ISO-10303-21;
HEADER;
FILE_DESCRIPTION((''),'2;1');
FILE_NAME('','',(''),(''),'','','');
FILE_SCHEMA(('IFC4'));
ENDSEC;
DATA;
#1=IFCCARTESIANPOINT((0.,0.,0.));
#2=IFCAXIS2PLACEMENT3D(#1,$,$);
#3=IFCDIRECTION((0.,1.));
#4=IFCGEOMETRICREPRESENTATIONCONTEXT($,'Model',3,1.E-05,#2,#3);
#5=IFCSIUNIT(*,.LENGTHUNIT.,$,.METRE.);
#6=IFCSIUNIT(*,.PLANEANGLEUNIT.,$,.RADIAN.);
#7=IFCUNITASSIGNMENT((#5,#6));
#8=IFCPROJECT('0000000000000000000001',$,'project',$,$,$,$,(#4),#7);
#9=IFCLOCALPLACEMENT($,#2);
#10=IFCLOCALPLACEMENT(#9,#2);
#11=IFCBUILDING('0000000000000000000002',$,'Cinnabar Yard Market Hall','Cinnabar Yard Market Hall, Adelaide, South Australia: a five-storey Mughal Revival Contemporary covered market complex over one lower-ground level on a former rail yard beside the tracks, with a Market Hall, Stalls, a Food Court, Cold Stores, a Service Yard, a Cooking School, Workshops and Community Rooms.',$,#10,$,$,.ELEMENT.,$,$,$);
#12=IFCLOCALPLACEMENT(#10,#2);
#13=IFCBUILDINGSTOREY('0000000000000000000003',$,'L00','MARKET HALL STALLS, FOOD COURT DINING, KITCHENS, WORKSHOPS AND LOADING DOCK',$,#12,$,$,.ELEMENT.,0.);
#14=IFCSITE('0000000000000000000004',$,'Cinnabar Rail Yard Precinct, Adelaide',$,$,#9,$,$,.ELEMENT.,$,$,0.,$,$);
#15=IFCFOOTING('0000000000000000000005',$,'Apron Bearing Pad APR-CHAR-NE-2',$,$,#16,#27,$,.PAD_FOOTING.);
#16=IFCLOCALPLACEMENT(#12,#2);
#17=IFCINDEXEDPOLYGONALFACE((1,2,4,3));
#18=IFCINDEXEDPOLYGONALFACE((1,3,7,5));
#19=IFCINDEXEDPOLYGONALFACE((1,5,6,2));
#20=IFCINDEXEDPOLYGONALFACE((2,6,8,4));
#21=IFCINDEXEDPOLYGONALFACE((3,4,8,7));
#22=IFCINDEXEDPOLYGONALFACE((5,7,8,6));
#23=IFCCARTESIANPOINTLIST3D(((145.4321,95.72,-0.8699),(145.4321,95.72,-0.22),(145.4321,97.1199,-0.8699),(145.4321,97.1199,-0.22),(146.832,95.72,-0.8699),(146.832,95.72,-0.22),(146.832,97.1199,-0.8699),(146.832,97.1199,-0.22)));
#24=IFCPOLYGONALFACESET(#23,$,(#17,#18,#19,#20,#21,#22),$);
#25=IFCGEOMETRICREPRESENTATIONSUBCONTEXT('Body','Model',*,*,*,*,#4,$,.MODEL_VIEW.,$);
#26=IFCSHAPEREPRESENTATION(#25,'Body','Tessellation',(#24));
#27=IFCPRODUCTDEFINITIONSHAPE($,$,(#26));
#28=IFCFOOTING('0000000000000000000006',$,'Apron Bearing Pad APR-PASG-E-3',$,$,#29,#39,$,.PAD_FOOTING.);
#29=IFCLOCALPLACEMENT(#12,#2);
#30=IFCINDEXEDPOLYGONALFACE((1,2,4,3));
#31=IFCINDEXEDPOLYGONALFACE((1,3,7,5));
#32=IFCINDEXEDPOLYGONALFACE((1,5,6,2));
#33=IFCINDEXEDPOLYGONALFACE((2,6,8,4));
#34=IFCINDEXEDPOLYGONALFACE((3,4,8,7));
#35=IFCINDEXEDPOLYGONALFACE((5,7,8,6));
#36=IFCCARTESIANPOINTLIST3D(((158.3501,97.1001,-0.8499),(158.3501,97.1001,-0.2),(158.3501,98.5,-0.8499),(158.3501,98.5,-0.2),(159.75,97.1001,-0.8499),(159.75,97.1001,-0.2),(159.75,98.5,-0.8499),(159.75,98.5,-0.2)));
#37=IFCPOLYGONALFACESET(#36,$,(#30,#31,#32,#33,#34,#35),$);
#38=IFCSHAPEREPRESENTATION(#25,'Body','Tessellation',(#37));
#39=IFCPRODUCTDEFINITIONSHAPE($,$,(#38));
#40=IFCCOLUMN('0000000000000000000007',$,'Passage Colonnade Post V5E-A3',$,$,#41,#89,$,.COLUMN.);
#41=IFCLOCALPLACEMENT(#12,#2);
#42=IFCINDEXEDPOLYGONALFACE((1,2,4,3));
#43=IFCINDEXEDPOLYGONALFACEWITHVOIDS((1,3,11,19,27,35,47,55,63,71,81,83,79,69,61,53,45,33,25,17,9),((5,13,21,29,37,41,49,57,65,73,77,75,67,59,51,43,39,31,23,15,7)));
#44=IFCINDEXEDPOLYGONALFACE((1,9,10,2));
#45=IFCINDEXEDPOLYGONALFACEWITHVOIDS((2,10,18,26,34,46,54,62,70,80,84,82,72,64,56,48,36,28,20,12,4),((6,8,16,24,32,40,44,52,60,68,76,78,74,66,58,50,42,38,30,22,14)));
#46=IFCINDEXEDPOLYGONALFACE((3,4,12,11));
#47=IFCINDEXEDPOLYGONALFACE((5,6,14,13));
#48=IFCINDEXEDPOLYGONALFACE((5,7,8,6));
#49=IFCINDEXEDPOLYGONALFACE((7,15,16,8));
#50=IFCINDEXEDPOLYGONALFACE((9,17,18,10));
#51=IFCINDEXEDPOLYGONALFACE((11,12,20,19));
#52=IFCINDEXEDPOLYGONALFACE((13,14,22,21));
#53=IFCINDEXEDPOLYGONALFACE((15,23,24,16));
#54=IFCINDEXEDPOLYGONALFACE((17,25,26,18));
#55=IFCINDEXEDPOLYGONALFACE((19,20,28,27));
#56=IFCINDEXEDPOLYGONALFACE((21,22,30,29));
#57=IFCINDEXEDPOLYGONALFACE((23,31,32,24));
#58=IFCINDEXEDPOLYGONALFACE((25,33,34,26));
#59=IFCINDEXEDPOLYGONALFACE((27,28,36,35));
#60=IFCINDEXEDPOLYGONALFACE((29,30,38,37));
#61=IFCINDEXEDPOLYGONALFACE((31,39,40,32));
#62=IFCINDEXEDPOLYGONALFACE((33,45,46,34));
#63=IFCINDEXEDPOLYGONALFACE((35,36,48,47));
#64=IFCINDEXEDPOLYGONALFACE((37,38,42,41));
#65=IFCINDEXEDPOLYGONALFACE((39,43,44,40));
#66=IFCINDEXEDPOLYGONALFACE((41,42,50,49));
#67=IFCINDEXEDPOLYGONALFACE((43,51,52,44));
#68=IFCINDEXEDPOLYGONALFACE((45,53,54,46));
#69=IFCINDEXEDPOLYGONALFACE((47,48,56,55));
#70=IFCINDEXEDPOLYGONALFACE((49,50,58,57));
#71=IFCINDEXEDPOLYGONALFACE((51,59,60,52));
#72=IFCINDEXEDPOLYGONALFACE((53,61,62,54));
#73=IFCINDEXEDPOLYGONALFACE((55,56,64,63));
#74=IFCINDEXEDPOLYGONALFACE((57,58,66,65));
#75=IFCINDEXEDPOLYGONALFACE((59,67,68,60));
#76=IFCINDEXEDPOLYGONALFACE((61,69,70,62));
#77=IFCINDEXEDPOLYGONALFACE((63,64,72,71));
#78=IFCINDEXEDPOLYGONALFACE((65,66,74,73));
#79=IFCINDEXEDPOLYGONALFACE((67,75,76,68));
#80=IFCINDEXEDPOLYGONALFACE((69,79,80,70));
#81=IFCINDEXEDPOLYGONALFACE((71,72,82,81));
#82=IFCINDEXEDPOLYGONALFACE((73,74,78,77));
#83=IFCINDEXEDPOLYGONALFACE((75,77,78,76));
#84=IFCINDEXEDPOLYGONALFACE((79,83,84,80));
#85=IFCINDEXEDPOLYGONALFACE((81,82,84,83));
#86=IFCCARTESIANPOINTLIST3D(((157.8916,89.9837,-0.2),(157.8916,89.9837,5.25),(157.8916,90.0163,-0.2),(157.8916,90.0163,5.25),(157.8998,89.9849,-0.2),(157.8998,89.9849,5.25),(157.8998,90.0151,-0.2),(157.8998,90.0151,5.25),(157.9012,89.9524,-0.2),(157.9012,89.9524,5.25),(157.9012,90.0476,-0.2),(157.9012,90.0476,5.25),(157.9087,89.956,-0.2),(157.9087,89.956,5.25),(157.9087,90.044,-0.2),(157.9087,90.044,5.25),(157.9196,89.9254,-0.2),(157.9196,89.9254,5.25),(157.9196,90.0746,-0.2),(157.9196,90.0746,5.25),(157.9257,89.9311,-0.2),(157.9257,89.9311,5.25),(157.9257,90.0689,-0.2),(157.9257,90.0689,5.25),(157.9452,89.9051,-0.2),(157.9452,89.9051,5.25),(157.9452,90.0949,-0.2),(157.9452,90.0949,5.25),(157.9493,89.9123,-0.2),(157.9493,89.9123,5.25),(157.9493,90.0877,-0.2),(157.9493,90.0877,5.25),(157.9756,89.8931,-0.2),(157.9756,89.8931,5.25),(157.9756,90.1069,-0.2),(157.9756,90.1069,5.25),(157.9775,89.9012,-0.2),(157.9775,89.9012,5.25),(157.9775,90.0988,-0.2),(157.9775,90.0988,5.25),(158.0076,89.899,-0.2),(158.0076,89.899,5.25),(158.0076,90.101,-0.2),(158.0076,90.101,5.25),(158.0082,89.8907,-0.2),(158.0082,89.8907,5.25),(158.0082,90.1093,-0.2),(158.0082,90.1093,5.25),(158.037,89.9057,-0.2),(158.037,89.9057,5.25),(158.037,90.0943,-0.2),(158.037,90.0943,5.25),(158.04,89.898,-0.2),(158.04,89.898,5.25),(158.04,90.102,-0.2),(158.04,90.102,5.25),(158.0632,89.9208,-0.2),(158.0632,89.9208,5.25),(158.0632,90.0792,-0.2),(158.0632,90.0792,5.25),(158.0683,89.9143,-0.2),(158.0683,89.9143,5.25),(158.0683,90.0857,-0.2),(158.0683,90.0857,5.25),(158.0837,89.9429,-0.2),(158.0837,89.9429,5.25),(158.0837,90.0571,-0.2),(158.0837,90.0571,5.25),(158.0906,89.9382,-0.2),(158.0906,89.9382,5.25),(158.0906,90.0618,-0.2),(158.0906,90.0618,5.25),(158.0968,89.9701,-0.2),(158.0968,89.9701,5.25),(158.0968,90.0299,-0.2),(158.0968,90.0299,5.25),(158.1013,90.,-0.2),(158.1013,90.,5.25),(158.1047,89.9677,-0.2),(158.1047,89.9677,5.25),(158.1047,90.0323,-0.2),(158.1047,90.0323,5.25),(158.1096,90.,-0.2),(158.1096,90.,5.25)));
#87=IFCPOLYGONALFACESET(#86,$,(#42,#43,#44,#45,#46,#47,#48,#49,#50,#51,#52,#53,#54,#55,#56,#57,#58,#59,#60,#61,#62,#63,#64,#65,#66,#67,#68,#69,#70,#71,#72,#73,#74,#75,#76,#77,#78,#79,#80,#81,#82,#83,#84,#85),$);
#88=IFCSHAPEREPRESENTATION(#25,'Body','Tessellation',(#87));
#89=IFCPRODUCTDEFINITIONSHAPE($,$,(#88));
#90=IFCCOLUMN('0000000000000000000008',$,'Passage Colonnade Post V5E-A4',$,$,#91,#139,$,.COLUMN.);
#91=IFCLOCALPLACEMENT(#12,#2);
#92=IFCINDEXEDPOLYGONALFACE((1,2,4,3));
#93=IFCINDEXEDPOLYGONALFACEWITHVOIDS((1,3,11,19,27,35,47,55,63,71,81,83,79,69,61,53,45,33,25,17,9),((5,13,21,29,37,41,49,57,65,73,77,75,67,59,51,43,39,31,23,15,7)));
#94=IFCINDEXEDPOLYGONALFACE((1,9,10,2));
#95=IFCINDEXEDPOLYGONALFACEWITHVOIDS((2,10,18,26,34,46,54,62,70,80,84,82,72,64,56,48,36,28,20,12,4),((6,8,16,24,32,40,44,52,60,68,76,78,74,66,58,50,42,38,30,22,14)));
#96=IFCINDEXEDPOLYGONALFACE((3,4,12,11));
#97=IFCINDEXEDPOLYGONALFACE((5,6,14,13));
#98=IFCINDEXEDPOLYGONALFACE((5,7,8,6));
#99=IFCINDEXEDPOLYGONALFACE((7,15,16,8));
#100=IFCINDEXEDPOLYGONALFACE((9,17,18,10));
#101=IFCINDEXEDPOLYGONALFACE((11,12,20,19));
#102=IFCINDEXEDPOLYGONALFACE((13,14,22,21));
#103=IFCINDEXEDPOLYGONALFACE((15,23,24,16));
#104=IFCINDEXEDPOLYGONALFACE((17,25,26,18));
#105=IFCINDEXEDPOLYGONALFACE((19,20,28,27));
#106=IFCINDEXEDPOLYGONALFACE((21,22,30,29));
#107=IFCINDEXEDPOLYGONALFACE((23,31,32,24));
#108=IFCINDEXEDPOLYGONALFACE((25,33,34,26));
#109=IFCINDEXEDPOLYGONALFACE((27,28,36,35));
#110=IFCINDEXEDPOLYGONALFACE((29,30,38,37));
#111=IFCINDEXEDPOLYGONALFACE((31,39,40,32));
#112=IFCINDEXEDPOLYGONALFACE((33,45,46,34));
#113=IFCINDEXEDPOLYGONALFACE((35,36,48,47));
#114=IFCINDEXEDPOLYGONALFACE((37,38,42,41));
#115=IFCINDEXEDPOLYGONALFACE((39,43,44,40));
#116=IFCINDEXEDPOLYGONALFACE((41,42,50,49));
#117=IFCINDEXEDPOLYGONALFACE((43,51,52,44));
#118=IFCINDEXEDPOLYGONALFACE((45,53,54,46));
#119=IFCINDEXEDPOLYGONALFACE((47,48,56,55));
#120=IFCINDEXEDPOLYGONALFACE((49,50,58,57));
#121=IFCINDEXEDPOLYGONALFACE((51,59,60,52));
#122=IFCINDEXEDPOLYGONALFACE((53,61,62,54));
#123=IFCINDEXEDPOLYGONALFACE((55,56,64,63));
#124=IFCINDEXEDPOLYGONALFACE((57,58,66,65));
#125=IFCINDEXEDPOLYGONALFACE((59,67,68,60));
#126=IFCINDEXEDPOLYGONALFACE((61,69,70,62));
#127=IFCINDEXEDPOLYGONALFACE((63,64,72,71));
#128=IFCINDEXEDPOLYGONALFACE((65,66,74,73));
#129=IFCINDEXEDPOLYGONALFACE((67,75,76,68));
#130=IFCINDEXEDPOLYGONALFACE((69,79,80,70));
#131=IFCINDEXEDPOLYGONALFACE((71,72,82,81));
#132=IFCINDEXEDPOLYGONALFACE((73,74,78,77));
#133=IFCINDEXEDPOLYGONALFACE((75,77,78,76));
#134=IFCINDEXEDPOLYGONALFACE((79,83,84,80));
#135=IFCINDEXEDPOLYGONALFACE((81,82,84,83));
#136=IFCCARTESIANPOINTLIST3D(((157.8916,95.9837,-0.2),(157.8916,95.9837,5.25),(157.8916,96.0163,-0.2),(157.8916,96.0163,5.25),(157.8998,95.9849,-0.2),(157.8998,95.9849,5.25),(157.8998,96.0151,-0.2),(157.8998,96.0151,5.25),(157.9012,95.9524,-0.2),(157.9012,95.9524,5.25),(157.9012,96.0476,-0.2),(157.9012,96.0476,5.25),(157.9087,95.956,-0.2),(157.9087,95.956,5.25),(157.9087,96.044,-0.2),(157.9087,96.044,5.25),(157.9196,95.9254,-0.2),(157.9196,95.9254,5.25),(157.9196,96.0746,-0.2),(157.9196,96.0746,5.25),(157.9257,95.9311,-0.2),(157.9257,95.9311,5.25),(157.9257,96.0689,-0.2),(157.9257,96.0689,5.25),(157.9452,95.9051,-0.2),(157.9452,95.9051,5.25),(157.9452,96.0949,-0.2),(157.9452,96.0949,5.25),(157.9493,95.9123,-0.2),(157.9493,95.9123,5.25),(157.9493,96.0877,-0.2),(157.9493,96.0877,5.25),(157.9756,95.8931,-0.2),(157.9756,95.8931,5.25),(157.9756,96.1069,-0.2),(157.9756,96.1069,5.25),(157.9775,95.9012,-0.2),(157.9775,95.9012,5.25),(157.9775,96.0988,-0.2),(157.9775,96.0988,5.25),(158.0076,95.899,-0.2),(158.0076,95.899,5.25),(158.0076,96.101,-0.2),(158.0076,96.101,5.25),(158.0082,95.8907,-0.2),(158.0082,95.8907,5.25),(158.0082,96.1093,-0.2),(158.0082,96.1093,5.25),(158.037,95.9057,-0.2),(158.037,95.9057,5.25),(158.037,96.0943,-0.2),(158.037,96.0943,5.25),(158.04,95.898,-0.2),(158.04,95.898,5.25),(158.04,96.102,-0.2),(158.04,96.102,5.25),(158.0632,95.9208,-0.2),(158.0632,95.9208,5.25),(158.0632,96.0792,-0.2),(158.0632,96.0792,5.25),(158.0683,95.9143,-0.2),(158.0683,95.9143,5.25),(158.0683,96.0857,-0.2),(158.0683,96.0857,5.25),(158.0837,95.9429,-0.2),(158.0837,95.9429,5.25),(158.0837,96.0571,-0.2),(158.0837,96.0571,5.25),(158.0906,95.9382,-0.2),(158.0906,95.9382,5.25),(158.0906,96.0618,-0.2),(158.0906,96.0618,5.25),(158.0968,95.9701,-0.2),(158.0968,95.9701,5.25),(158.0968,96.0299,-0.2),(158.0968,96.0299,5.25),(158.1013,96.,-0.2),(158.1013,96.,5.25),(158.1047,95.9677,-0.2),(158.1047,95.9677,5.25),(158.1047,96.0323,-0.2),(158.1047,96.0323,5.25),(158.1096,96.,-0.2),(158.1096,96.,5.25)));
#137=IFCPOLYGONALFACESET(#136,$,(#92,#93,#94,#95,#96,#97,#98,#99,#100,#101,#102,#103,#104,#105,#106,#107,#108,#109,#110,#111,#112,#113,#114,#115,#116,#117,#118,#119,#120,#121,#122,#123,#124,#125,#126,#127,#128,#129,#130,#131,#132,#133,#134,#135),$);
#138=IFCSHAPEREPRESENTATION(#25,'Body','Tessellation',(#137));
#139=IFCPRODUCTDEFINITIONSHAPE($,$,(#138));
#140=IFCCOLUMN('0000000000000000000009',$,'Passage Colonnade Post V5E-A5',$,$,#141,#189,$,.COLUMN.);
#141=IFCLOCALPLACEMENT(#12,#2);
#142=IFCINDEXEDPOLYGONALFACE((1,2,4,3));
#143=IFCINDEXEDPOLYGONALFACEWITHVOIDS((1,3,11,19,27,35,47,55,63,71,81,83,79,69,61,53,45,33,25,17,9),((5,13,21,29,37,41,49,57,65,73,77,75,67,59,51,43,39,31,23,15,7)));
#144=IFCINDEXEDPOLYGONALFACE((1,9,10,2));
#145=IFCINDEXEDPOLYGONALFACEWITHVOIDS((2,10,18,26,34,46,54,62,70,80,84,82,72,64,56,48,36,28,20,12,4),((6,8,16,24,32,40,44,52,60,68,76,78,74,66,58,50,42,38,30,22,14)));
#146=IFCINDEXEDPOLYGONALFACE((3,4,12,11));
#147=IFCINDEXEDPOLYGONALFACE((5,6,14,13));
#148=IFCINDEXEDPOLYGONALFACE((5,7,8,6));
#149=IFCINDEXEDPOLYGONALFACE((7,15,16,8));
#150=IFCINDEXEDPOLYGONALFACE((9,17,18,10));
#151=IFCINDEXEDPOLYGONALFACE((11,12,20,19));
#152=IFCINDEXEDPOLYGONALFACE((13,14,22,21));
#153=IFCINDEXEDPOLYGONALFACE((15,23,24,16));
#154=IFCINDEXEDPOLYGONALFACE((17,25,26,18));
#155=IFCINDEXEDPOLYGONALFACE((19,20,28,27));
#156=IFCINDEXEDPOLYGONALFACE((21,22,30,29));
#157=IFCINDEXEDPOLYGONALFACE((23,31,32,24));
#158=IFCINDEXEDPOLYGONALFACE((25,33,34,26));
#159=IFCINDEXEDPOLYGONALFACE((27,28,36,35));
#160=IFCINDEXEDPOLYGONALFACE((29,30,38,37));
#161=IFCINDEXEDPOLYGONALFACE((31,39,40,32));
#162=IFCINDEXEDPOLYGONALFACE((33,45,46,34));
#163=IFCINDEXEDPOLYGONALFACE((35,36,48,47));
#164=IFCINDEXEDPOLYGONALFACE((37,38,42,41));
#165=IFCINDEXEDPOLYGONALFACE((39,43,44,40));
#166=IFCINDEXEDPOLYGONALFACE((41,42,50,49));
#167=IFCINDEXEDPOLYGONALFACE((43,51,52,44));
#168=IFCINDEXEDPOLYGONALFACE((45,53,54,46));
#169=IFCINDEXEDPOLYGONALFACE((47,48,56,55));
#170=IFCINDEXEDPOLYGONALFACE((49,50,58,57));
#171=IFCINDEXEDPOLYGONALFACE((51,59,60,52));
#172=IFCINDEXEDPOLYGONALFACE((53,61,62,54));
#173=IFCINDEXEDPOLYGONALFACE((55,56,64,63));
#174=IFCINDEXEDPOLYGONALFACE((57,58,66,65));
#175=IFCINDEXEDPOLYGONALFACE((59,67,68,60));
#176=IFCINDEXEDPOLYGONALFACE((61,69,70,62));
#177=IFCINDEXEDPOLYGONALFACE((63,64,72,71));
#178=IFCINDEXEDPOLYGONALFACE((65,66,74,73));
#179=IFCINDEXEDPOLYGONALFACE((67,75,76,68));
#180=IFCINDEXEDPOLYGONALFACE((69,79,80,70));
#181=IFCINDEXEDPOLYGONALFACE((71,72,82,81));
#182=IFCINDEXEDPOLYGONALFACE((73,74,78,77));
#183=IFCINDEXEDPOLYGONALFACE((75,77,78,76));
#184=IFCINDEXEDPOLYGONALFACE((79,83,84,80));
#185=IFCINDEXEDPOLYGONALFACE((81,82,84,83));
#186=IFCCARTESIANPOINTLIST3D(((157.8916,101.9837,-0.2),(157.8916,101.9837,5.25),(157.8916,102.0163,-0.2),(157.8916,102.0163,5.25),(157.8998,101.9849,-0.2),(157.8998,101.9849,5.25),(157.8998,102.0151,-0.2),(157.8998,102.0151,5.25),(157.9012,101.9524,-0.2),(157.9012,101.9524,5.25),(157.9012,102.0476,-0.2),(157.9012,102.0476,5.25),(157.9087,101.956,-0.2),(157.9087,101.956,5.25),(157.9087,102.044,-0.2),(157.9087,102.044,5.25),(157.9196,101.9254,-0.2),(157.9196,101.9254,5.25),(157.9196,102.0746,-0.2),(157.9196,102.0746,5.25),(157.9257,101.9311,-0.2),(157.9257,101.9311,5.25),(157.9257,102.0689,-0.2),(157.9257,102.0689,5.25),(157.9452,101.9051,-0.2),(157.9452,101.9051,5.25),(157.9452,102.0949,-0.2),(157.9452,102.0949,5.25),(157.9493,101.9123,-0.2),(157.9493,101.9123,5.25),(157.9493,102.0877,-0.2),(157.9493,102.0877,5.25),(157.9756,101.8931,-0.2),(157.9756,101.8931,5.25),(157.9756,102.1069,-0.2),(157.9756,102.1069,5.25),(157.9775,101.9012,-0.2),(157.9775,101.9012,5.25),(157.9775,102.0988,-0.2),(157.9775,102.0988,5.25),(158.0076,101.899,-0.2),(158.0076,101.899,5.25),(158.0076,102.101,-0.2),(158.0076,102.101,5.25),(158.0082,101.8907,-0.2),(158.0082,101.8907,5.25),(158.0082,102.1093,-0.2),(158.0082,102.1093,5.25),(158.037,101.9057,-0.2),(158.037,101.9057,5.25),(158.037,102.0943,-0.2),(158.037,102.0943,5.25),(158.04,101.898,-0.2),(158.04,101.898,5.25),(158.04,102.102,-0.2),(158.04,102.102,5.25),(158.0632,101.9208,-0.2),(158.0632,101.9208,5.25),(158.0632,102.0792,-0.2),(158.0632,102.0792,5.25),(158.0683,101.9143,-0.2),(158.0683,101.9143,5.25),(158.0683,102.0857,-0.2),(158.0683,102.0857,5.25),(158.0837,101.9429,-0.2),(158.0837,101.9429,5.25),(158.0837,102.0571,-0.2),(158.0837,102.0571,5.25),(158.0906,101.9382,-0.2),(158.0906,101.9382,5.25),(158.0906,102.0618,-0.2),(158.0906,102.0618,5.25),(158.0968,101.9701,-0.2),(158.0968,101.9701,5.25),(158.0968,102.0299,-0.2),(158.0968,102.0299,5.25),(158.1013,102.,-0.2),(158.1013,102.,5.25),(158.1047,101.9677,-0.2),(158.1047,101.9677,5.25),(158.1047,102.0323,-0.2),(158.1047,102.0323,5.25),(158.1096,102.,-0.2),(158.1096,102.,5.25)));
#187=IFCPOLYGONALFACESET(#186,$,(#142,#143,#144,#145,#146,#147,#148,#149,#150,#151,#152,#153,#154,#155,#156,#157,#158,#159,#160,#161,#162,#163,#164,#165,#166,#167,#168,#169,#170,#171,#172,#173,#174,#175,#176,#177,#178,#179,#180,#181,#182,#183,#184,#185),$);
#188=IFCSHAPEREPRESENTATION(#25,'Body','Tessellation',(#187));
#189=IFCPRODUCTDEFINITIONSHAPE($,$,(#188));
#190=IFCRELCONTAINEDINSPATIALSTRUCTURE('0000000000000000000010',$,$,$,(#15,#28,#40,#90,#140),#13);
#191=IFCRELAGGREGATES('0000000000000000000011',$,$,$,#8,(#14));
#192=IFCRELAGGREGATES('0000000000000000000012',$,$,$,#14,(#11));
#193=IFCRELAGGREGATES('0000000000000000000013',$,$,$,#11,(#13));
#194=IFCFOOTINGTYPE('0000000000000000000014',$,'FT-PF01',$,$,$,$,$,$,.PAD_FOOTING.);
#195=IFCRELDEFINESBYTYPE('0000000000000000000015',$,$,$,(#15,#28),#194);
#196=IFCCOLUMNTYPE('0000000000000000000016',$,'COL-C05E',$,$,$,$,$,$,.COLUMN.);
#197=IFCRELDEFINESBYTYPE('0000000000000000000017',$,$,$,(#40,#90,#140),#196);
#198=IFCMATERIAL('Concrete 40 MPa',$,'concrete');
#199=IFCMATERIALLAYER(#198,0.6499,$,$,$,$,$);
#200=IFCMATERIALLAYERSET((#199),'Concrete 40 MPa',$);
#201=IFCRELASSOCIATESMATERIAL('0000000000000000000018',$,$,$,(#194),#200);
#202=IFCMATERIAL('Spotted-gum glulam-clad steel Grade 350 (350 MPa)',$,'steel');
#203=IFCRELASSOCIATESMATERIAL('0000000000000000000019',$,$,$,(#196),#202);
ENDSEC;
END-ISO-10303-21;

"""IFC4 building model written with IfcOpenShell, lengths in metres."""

from ifc_helpers import new_model, si_unit, direction, frame, origin, origin_2d_with_axis, place, context, subcontext, project, spatial, rectangle, hollow_circle, extrude, material, layer, layer_set, material_profile, profile_set, type_object, element, save


model = new_model("IFC4")

# Units and contexts
model_context = context("Model", 3, precision=1e-05, world=origin(), true_north=direction((0.0, 1.0)))
body_context = subcontext(model_context, "Body", "Model", "MODEL_VIEW")
ifc_project = project(units=[si_unit("LENGTHUNIT", "METRE"), si_unit("PLANEANGLEUNIT", "RADIAN")], contexts=[model_context])

# Site, building, storey
site_placement = place(None, origin())
site = spatial("IfcSite", under=ifc_project, at=site_placement, Name="Cinnabar Rail Yard Precinct, Adelaide", CompositionType="ELEMENT", RefElevation=0.0)
building_placement = place(site_placement, origin())
building = spatial("IfcBuilding", under=site, at=building_placement, Name="Cinnabar Yard Market Hall", Description="Cinnabar Yard Market Hall, Adelaide, South Australia: a five-storey Mughal Revival Contemporary covered market complex over one lower-ground level on a former rail yard beside the tracks, with a Market Hall, Stalls, a Food Court, Cold Stores, a Service Yard, a Cooking School, Workshops and Community Rooms.", CompositionType="ELEMENT")
storey_placement = place(building_placement, origin())
storey = spatial("IfcBuildingStorey", under=building, at=storey_placement, Name="L00", Description="MARKET HALL STALLS, FOOD COURT DINING, KITCHENS, WORKSHOPS AND LOADING DOCK", CompositionType="ELEMENT", Elevation=0.0)

# Footings
ifc_material_1 = material(Name="Concrete 40 MPa", Category="concrete")
ifc_layer_1 = layer(ifc_material_1, 0.6499)
ifc_layer_set_1 = layer_set([ifc_layer_1], Name="Concrete 40 MPa")
footing_type = type_object("IfcFootingType", Name="FT-PF01", PredefinedType="PAD_FOOTING", material=ifc_layer_set_1)
for number, where, z_axis, x_axis, name in (
    (1, (146.1321, 96.4199, -0.8699), (0.0, 0.0, 1.0), (1.0, 0.0, 0.0), "Apron Bearing Pad APR-CHAR-NE-2"),
    (2, (159.05, 97.8, -0.8499), (0.0, 0.0, 1.0), (1.0, 0.0, 0.0), "Apron Bearing Pad APR-PASG-E-3"),
):
    element("IfcFooting", number, at=place(storey_placement, frame(where, z_axis=z_axis, x_axis=x_axis)), inside=storey, type_object=footing_type, Name=name, PredefinedType="PAD_FOOTING", context=body_context, shape_type="SweptSolid", body=[
        extrude(rectangle(XDim=1.3999, YDim=1.3999, at=origin_2d_with_axis()), origin(), (0.0, 0.0, 1.0), 0.6499),
    ])

# Columns
ifc_material_2 = material(Name="Spotted-gum glulam-clad steel Grade 350 (350 MPa)", Category="steel")
ifc_material_profile_1 = material_profile(ifc_material_2, hollow_circle(Radius=0.1096, WallThickness=0.0083, at=origin_2d_with_axis()), Name="219.1x8.2CHS")
ifc_profile_set_1 = profile_set([ifc_material_profile_1], Name="Spotted-gum glulam-clad steel Grade 350 (350 MPa)")
column_type_1 = type_object("IfcColumnType", Name="COL-C05E", PredefinedType="COLUMN", material=ifc_profile_set_1)
for number, where, z_axis, x_axis, name in (
    (3, (158.0, 90.0, -0.2), (0.0, 0.0, 1.0), (1.0, 0.0, 0.0), "Passage Colonnade Post V5E-A3"),
    (4, (158.0, 96.0, -0.2), (0.0, 0.0, 1.0), (1.0, 0.0, 0.0), "Passage Colonnade Post V5E-A4"),
    (5, (158.0, 102.0, -0.2), (0.0, 0.0, 1.0), (1.0, 0.0, 0.0), "Passage Colonnade Post V5E-A5"),
):
    element("IfcColumn", number, at=place(storey_placement, frame(where, z_axis=z_axis, x_axis=x_axis)), inside=storey, type_object=column_type_1, Name=name, PredefinedType="COLUMN", context=body_context, shape_type="SweptSolid", body=[
        extrude(hollow_circle(Radius=0.1096, WallThickness=0.0083, at=origin_2d_with_axis()), origin(), (0.0, 0.0, 1.0), 5.45),
    ])

save(model, "model.ifc")
